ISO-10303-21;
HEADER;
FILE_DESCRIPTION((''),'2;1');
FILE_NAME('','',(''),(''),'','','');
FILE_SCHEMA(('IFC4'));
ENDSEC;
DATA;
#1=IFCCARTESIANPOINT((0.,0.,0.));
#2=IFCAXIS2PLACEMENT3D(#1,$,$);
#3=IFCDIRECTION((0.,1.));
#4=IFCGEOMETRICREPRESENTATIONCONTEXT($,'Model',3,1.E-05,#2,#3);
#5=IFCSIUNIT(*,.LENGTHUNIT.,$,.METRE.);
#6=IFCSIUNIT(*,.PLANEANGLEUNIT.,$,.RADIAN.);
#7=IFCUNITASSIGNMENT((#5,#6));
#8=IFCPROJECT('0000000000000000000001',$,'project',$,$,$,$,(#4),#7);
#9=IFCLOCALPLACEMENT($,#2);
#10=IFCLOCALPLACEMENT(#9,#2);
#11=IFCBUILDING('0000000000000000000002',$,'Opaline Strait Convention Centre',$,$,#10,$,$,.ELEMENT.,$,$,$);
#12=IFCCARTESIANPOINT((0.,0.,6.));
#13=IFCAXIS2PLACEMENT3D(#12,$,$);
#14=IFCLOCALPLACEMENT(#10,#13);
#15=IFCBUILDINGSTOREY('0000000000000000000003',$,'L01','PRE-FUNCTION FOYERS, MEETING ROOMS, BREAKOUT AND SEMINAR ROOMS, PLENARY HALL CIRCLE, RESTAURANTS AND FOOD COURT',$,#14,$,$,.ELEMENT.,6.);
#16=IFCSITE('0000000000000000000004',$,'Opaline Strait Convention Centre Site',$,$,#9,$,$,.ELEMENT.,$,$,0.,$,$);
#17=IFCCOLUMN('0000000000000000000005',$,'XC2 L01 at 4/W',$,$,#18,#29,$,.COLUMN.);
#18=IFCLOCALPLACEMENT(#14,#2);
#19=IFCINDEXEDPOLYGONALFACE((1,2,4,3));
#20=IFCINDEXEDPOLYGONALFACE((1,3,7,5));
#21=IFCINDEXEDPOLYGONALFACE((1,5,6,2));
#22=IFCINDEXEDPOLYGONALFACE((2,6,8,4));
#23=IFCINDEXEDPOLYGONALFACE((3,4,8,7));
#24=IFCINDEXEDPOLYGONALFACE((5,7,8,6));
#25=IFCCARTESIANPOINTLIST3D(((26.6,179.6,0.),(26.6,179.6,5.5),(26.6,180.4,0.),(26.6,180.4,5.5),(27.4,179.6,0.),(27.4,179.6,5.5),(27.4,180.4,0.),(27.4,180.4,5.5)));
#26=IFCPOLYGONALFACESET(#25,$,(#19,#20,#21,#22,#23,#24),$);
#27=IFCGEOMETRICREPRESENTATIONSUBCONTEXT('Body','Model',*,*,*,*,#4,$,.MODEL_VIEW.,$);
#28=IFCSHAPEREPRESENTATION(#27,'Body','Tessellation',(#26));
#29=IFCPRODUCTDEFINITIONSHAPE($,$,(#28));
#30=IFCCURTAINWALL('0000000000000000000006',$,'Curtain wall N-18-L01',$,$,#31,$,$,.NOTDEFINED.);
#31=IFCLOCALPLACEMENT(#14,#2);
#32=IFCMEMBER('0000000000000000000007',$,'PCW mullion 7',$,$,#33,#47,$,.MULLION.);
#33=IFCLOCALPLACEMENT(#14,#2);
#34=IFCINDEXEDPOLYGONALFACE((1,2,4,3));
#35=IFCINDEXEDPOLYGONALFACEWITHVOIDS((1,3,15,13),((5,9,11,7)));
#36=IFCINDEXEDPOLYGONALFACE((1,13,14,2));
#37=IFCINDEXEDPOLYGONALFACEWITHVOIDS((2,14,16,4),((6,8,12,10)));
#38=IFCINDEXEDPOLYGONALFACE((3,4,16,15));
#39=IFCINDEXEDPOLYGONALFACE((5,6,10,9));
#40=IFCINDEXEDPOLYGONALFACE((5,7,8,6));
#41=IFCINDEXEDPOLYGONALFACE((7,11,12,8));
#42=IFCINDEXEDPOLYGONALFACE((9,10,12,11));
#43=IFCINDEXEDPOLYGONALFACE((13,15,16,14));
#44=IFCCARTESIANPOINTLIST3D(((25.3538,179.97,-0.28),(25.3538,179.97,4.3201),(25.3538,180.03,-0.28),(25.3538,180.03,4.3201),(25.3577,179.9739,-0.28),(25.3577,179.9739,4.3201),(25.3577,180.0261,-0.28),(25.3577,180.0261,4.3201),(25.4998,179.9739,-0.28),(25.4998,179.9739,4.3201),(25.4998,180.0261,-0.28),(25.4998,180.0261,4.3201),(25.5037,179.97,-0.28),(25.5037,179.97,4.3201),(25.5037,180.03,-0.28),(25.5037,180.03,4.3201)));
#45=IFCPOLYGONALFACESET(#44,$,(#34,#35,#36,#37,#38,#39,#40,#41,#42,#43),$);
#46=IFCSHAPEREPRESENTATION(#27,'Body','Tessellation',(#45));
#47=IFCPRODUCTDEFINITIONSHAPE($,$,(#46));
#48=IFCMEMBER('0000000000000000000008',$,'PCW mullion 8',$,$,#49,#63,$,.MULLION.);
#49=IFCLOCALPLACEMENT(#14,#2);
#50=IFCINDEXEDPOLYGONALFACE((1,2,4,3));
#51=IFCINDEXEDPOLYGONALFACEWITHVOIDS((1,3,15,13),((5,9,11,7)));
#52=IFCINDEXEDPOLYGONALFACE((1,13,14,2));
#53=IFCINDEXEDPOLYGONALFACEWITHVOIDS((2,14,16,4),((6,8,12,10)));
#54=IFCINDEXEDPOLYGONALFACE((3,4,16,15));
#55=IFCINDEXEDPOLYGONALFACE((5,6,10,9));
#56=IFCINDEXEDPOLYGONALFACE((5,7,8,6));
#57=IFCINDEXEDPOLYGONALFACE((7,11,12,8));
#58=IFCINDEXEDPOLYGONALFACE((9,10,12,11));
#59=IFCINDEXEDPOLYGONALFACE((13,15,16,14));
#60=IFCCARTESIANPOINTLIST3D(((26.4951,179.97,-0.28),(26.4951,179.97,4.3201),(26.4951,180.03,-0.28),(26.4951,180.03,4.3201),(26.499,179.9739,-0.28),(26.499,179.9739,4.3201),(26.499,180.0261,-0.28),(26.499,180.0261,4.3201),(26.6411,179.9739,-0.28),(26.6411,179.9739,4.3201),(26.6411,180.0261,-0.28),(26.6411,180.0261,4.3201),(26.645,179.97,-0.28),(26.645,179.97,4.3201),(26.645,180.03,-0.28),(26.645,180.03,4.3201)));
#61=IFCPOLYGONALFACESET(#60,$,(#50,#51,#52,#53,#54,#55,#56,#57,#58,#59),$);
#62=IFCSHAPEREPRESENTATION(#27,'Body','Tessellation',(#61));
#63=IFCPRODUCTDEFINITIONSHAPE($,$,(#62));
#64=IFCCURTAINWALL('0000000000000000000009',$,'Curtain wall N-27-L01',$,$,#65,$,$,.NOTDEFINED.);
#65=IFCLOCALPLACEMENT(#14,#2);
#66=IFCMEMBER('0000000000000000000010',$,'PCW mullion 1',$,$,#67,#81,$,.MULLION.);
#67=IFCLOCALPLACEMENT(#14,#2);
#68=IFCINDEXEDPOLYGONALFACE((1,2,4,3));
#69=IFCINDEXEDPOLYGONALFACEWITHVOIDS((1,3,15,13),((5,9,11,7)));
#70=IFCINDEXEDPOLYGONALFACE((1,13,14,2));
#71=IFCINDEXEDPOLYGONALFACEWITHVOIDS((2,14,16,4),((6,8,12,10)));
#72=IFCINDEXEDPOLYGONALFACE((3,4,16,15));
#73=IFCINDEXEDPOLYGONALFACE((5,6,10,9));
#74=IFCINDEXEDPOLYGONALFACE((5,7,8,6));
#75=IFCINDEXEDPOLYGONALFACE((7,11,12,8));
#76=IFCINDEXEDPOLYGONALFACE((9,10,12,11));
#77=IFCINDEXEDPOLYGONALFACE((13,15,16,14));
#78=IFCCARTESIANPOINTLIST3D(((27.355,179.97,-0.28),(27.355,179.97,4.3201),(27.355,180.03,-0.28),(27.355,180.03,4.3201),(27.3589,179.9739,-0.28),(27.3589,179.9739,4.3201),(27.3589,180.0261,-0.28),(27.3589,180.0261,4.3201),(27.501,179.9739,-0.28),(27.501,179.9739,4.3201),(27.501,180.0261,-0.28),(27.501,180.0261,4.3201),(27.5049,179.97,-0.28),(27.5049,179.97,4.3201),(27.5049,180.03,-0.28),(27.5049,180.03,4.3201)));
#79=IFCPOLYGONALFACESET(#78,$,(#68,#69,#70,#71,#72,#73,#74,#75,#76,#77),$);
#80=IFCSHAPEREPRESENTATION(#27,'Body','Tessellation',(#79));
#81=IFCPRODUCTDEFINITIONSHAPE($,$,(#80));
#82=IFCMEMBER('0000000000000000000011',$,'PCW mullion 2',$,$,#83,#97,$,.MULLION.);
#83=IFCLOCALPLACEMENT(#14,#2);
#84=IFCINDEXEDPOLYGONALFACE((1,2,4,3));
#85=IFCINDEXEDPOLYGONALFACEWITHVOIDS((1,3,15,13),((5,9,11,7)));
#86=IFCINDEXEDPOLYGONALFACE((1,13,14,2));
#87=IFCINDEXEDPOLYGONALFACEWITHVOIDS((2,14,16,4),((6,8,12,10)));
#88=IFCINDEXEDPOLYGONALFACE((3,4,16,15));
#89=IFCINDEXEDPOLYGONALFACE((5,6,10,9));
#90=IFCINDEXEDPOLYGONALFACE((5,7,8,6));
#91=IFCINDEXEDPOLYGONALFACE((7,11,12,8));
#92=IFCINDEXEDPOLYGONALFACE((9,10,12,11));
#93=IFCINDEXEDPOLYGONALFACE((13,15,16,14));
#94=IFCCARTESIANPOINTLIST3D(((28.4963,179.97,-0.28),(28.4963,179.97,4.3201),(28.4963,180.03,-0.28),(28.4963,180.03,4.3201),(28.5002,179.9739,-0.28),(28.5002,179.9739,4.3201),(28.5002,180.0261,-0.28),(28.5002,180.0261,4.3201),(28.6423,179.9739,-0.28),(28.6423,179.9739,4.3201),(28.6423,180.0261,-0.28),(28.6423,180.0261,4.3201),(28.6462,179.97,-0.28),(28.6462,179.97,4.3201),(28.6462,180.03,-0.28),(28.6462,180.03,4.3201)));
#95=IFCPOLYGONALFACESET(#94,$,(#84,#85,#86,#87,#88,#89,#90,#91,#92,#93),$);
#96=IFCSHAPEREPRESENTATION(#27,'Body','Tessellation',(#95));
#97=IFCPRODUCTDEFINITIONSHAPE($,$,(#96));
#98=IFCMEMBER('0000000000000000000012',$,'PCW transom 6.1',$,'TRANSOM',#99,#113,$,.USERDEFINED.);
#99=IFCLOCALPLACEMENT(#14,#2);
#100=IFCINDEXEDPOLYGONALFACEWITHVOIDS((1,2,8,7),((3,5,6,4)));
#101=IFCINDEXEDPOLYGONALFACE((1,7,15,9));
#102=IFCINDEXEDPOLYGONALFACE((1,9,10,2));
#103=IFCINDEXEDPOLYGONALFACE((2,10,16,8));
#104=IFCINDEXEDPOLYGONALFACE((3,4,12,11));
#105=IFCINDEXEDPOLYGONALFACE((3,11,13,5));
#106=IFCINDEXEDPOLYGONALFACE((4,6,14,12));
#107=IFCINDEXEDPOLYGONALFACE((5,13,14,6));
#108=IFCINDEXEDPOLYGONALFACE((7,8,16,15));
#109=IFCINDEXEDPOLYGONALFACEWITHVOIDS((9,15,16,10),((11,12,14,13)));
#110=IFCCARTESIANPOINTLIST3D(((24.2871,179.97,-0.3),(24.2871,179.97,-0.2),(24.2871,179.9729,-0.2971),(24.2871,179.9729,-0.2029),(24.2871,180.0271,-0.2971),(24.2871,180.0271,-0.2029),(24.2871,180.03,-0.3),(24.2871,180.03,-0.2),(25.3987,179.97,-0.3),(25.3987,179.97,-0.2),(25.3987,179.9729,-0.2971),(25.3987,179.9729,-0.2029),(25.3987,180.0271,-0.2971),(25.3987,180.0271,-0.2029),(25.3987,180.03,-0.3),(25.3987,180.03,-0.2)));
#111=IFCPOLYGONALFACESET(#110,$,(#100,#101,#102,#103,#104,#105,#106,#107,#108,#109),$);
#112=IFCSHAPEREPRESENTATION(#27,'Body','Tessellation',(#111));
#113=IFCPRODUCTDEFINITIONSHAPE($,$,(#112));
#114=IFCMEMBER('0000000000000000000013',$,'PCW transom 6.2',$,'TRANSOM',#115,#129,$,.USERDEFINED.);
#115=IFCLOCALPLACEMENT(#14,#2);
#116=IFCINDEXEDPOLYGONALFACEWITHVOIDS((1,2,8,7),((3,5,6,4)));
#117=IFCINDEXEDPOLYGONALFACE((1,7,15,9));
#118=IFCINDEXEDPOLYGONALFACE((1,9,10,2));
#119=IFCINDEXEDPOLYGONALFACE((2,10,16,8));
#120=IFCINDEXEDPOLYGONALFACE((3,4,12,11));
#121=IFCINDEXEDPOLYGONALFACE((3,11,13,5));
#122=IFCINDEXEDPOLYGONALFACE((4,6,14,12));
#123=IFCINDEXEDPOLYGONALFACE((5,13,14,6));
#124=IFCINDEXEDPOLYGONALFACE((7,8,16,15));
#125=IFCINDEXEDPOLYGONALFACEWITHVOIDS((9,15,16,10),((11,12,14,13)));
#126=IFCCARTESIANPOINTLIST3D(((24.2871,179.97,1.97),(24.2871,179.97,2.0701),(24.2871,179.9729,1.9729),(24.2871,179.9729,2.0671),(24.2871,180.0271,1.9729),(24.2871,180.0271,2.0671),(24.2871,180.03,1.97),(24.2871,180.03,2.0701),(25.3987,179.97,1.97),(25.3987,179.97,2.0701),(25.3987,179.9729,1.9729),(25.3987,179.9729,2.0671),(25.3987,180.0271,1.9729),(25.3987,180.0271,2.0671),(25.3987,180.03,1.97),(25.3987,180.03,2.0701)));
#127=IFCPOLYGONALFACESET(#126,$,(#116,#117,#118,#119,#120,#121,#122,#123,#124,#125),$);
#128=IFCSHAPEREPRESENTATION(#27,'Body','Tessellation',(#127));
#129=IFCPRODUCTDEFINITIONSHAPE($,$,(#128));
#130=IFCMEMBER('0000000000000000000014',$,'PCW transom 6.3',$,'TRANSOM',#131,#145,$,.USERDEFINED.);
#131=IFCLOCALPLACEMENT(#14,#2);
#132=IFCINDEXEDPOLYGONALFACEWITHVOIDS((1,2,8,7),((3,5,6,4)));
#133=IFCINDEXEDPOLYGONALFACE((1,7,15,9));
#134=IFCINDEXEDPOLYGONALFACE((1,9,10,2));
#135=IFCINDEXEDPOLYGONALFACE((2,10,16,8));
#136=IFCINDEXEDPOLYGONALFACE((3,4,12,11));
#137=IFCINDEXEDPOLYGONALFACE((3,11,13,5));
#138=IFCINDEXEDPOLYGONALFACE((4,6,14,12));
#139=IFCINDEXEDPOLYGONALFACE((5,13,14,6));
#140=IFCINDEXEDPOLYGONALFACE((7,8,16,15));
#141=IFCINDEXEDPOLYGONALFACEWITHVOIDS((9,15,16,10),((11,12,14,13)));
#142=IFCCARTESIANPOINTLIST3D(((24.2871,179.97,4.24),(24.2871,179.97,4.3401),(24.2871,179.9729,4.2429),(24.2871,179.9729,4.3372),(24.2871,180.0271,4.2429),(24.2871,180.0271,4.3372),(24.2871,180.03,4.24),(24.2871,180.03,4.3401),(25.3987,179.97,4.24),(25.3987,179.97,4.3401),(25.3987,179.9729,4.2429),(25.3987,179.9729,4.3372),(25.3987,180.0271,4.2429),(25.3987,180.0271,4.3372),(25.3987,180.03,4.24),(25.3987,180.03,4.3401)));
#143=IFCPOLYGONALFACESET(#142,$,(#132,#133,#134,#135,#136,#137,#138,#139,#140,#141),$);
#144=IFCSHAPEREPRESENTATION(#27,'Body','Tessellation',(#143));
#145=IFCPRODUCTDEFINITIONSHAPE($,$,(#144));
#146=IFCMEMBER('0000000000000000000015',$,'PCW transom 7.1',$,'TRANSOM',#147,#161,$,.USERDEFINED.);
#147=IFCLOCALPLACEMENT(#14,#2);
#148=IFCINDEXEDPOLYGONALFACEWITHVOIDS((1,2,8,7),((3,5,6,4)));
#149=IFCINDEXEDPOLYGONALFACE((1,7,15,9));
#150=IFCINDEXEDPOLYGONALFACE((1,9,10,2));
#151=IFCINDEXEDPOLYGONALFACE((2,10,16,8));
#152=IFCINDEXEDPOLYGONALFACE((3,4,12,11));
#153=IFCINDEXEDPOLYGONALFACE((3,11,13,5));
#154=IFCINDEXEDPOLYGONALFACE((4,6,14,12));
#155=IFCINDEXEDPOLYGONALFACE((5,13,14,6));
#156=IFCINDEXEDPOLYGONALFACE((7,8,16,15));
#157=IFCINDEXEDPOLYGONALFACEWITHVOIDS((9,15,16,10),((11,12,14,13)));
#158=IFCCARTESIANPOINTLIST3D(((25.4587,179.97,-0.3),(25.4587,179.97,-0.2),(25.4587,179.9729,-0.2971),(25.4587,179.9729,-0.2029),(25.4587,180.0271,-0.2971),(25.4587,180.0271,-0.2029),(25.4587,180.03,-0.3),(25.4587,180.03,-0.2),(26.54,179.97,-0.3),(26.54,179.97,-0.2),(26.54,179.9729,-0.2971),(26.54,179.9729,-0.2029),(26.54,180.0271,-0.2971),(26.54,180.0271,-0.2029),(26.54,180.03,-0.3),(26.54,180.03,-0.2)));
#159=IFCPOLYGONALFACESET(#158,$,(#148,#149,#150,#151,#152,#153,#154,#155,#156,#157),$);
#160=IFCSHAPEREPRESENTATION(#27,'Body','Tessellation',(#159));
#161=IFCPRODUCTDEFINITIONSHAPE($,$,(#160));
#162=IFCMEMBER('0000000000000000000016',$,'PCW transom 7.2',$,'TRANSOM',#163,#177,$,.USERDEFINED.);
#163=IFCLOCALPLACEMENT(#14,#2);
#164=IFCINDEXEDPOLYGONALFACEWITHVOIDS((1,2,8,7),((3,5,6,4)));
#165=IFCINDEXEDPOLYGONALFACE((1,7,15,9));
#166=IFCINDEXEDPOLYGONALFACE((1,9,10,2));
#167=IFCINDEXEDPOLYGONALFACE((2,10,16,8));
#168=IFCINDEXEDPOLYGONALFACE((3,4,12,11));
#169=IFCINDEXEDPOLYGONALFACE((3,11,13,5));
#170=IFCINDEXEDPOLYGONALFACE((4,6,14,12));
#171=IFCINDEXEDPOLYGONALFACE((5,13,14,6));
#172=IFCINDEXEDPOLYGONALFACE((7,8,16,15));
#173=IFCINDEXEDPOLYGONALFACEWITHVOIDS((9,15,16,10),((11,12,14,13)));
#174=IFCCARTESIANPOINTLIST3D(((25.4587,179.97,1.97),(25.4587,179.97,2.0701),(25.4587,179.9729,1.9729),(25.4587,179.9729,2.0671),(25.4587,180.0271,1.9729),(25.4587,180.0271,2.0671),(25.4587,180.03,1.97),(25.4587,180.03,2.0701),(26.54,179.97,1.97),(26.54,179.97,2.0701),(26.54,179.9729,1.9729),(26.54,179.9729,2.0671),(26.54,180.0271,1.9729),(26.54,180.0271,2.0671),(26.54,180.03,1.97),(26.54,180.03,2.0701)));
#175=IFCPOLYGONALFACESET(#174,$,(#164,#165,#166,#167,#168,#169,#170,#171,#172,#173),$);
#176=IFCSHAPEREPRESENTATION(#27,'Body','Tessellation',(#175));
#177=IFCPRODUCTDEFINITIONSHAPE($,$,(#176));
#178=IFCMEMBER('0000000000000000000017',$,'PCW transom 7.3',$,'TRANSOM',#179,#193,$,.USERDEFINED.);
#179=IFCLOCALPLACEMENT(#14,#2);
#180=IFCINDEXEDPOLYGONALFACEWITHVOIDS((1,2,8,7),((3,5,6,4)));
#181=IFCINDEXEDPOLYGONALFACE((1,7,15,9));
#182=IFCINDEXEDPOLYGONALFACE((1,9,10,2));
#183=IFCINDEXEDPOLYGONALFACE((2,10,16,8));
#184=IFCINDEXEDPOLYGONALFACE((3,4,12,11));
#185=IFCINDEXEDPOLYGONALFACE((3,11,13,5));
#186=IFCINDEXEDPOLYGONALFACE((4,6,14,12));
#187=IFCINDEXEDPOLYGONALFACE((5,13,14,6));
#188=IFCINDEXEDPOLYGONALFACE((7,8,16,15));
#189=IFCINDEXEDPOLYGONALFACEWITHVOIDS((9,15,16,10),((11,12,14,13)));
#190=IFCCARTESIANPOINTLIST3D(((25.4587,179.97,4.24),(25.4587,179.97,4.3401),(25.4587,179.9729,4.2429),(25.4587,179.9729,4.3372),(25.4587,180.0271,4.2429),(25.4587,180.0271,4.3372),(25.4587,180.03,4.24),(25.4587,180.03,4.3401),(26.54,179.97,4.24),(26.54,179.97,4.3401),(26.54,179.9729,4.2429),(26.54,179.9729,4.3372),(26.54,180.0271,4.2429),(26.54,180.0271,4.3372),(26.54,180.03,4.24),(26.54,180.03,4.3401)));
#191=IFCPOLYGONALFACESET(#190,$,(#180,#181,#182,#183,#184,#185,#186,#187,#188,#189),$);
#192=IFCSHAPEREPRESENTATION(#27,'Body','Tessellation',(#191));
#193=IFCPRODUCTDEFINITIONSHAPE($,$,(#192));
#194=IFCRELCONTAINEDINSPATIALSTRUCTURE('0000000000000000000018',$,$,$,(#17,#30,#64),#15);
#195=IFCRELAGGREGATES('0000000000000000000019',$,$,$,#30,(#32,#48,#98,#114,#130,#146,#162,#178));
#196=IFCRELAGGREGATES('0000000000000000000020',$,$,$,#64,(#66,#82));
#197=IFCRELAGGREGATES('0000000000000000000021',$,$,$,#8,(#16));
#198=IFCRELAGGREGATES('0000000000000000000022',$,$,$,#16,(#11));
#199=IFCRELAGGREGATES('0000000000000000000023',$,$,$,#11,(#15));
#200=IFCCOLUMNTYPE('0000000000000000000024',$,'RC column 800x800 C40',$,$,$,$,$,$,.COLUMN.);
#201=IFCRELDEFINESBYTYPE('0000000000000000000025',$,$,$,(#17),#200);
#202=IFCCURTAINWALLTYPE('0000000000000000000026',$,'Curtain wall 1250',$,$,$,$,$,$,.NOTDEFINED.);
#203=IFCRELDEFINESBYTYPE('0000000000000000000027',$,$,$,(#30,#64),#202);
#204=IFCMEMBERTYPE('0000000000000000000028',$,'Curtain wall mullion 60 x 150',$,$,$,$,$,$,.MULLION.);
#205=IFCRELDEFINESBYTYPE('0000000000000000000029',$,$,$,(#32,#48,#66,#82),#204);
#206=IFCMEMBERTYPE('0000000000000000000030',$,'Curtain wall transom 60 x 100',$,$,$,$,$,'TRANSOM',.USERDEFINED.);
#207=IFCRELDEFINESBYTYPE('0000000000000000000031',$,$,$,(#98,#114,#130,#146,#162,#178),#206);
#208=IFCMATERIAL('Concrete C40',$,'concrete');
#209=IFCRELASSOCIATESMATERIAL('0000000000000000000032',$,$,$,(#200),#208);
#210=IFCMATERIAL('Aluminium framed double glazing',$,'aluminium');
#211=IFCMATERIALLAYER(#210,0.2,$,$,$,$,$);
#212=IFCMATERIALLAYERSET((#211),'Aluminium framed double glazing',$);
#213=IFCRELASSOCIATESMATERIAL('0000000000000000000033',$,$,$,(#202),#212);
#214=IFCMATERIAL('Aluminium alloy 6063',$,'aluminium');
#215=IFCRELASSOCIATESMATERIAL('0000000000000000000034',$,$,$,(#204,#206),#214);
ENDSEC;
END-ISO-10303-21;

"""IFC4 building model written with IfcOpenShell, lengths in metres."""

from ifc_helpers import new_model, si_unit, direction, frame, origin, origin_2d, place, context, subcontext, project, spatial, rectangle, hollow_rectangle, extrude, material, layer, layer_set, material_profile, profile_set, type_object, element, aggregate, save


model = new_model("IFC4")

# Units and contexts
model_context = context("Model", 3, precision=1e-05, world=origin(), true_north=direction((0.0, 1.0)))
body_context = subcontext(model_context, "Body", "Model", "MODEL_VIEW")
ifc_project = project(units=[si_unit("LENGTHUNIT", "METRE"), si_unit("PLANEANGLEUNIT", "RADIAN")], contexts=[model_context])

# Site, building, storey
site_placement = place(None, origin())
site = spatial("IfcSite", under=ifc_project, at=site_placement, Name="Opaline Strait Convention Centre Site", CompositionType="ELEMENT", RefElevation=0.0)
building_placement = place(site_placement, origin())
building = spatial("IfcBuilding", under=site, at=building_placement, Name="Opaline Strait Convention Centre", CompositionType="ELEMENT")
storey_placement = place(building_placement, frame((0.0, 0.0, 6.0)))
storey = spatial("IfcBuildingStorey", under=building, at=storey_placement, Name="L01", Description="PRE-FUNCTION FOYERS, MEETING ROOMS, BREAKOUT AND SEMINAR ROOMS, PLENARY HALL CIRCLE, RESTAURANTS AND FOOD COURT", CompositionType="ELEMENT", Elevation=6.0)

# Column
ifc_material_1 = material(Name="Concrete C40", Category="concrete")
ifc_material_profile_1 = material_profile(ifc_material_1, rectangle(XDim=0.8, YDim=0.8, at=origin_2d()), Name="RC 800x800")
ifc_profile_set_1 = profile_set([ifc_material_profile_1], Name="Concrete C40")
column_type = type_object("IfcColumnType", Name="RC column 800x800 C40", PredefinedType="COLUMN", material=ifc_profile_set_1)
column_placement = place(storey_placement, frame((27.0, 180.0, 0.0), z_axis=(0.0, 0.0, 1.0), x_axis=(1.0, 0.0, 0.0)))
element("IfcColumn", 1, at=column_placement, inside=storey, type_object=column_type, Name="XC2 L01 at 4/W", PredefinedType="COLUMN", context=body_context, shape_type="SweptSolid", body=[
    extrude(rectangle(XDim=0.8, YDim=0.8, at=origin_2d()), origin(), (0.0, 0.0, 1.0), 5.5),
])

# Curtain walls, members
ifc_material_2 = material(Name="Aluminium framed double glazing", Category="aluminium")
ifc_layer_1 = layer(ifc_material_2, 0.2)
ifc_layer_set_1 = layer_set([ifc_layer_1], Name="Aluminium framed double glazing")
curtain_wall_type = type_object("IfcCurtainWallType", Name="Curtain wall 1250", PredefinedType="NOTDEFINED", material=ifc_layer_set_1)
curtain_wall_1_placement = place(storey_placement, origin())
curtain_wall_1 = element("IfcCurtainWall", 2, at=curtain_wall_1_placement, inside=storey, type_object=curtain_wall_type, Name="Curtain wall N-18-L01", PredefinedType="NOTDEFINED")
ifc_material_3 = material(Name="Aluminium alloy 6063", Category="aluminium")
ifc_material_profile_2 = material_profile(ifc_material_3, hollow_rectangle(XDim=0.0601, YDim=0.1499, WallThickness=0.0039, at=origin_2d()), Name="MULLION 60x150x4")
ifc_profile_set_2 = profile_set([ifc_material_profile_2], Name="Aluminium alloy 6063")
member_type_1 = type_object("IfcMemberType", Name="Curtain wall mullion 60 x 150", PredefinedType="MULLION", material=ifc_profile_set_2)
member_1_placement = place(storey_placement, frame((25.4287, 180.0, -0.28), z_axis=(0.0, 0.0, 1.0), x_axis=(0.0, 1.0, 0.0)))
member_1 = element("IfcMember", 3, at=member_1_placement, type_object=member_type_1, Name="PCW mullion 7", PredefinedType="MULLION", context=body_context, shape_type="SweptSolid", body=[
    extrude(hollow_rectangle(XDim=0.0601, YDim=0.1499, WallThickness=0.0039, at=origin_2d()), origin(), (0.0, 0.0, 1.0), 4.6001),
])
member_2_placement = place(storey_placement, frame((26.5701, 180.0, -0.28), z_axis=(0.0, 0.0, 1.0), x_axis=(0.0, 1.0, 0.0)))
member_2 = element("IfcMember", 4, at=member_2_placement, type_object=member_type_1, Name="PCW mullion 8", PredefinedType="MULLION", context=body_context, shape_type="SweptSolid", body=[
    extrude(hollow_rectangle(XDim=0.0601, YDim=0.1499, WallThickness=0.0039, at=origin_2d()), origin(), (0.0, 0.0, 1.0), 4.6001),
])
curtain_wall_2_placement = place(storey_placement, origin())
curtain_wall_2 = element("IfcCurtainWall", 5, at=curtain_wall_2_placement, inside=storey, type_object=curtain_wall_type, Name="Curtain wall N-27-L01", PredefinedType="NOTDEFINED")
member_3_placement = place(storey_placement, frame((27.4299, 180.0, -0.28), z_axis=(0.0, 0.0, 1.0), x_axis=(0.0, 1.0, 0.0)))
member_3 = element("IfcMember", 6, at=member_3_placement, type_object=member_type_1, Name="PCW mullion 1", PredefinedType="MULLION", context=body_context, shape_type="SweptSolid", body=[
    extrude(hollow_rectangle(XDim=0.0601, YDim=0.1499, WallThickness=0.0039, at=origin_2d()), origin(), (0.0, 0.0, 1.0), 4.6001),
])
member_4_placement = place(storey_placement, frame((28.5713, 180.0, -0.28), z_axis=(0.0, 0.0, 1.0), x_axis=(0.0, 1.0, 0.0)))
member_4 = element("IfcMember", 7, at=member_4_placement, type_object=member_type_1, Name="PCW mullion 2", PredefinedType="MULLION", context=body_context, shape_type="SweptSolid", body=[
    extrude(hollow_rectangle(XDim=0.0601, YDim=0.1499, WallThickness=0.0039, at=origin_2d()), origin(), (0.0, 0.0, 1.0), 4.6001),
])

# Members
ifc_material_profile_3 = material_profile(ifc_material_3, hollow_rectangle(XDim=0.0601, YDim=0.1001, WallThickness=0.0029, at=origin_2d()), Name="TRANSOM 60x100x3")
ifc_profile_set_3 = profile_set([ifc_material_profile_3], Name="Aluminium alloy 6063")
member_type_2 = type_object("IfcMemberType", Name="Curtain wall transom 60 x 100", ElementType="TRANSOM", PredefinedType="USERDEFINED", material=ifc_profile_set_3)
member_5_placement = place(storey_placement, frame((24.2871, 180.0, -0.25), z_axis=(1.0, 0.0, 0.0), x_axis=(0.0, 1.0, 0.0)))
member_5 = element("IfcMember", 8, at=member_5_placement, type_object=member_type_2, Name="PCW transom 6.1", ObjectType="TRANSOM", PredefinedType="USERDEFINED", context=body_context, shape_type="SweptSolid", body=[
    extrude(hollow_rectangle(XDim=0.0601, YDim=0.1001, WallThickness=0.0029, at=origin_2d()), origin(), (0.0, 0.0, 1.0), 1.1116),
])
member_6_placement = place(storey_placement, frame((24.2871, 180.0, 2.02), z_axis=(1.0, 0.0, 0.0), x_axis=(0.0, 1.0, 0.0)))
member_6 = element("IfcMember", 9, at=member_6_placement, type_object=member_type_2, Name="PCW transom 6.2", ObjectType="TRANSOM", PredefinedType="USERDEFINED", context=body_context, shape_type="SweptSolid", body=[
    extrude(hollow_rectangle(XDim=0.0601, YDim=0.1001, WallThickness=0.0029, at=origin_2d()), origin(), (0.0, 0.0, 1.0), 1.1116),
])
member_7_placement = place(storey_placement, frame((24.2871, 180.0, 4.29), z_axis=(1.0, 0.0, 0.0), x_axis=(0.0, 1.0, 0.0)))
member_7 = element("IfcMember", 10, at=member_7_placement, type_object=member_type_2, Name="PCW transom 6.3", ObjectType="TRANSOM", PredefinedType="USERDEFINED", context=body_context, shape_type="SweptSolid", body=[
    extrude(hollow_rectangle(XDim=0.0601, YDim=0.1001, WallThickness=0.0029, at=origin_2d()), origin(), (0.0, 0.0, 1.0), 1.1116),
])
member_8_placement = place(storey_placement, frame((25.4587, 180.0, -0.25), z_axis=(1.0, 0.0, 0.0), x_axis=(0.0, 1.0, 0.0)))
member_8 = element("IfcMember", 11, at=member_8_placement, type_object=member_type_2, Name="PCW transom 7.1", ObjectType="TRANSOM", PredefinedType="USERDEFINED", context=body_context, shape_type="SweptSolid", body=[
    extrude(hollow_rectangle(XDim=0.0601, YDim=0.1001, WallThickness=0.0029, at=origin_2d()), origin(), (0.0, 0.0, 1.0), 1.0813),
])
member_9_placement = place(storey_placement, frame((25.4587, 180.0, 2.02), z_axis=(1.0, 0.0, 0.0), x_axis=(0.0, 1.0, 0.0)))
member_9 = element("IfcMember", 12, at=member_9_placement, type_object=member_type_2, Name="PCW transom 7.2", ObjectType="TRANSOM", PredefinedType="USERDEFINED", context=body_context, shape_type="SweptSolid", body=[
    extrude(hollow_rectangle(XDim=0.0601, YDim=0.1001, WallThickness=0.0029, at=origin_2d()), origin(), (0.0, 0.0, 1.0), 1.0813),
])
member_10_placement = place(storey_placement, frame((25.4587, 180.0, 4.29), z_axis=(1.0, 0.0, 0.0), x_axis=(0.0, 1.0, 0.0)))
member_10 = element("IfcMember", 13, at=member_10_placement, type_object=member_type_2, Name="PCW transom 7.3", ObjectType="TRANSOM", PredefinedType="USERDEFINED", context=body_context, shape_type="SweptSolid", body=[
    extrude(hollow_rectangle(XDim=0.0601, YDim=0.1001, WallThickness=0.0029, at=origin_2d()), origin(), (0.0, 0.0, 1.0), 1.0813),
])

aggregate(curtain_wall_1, [member_1, member_2, member_5, member_6, member_7, member_8, member_9, member_10])
aggregate(curtain_wall_2, [member_3, member_4])

save(model, "model.ifc")
